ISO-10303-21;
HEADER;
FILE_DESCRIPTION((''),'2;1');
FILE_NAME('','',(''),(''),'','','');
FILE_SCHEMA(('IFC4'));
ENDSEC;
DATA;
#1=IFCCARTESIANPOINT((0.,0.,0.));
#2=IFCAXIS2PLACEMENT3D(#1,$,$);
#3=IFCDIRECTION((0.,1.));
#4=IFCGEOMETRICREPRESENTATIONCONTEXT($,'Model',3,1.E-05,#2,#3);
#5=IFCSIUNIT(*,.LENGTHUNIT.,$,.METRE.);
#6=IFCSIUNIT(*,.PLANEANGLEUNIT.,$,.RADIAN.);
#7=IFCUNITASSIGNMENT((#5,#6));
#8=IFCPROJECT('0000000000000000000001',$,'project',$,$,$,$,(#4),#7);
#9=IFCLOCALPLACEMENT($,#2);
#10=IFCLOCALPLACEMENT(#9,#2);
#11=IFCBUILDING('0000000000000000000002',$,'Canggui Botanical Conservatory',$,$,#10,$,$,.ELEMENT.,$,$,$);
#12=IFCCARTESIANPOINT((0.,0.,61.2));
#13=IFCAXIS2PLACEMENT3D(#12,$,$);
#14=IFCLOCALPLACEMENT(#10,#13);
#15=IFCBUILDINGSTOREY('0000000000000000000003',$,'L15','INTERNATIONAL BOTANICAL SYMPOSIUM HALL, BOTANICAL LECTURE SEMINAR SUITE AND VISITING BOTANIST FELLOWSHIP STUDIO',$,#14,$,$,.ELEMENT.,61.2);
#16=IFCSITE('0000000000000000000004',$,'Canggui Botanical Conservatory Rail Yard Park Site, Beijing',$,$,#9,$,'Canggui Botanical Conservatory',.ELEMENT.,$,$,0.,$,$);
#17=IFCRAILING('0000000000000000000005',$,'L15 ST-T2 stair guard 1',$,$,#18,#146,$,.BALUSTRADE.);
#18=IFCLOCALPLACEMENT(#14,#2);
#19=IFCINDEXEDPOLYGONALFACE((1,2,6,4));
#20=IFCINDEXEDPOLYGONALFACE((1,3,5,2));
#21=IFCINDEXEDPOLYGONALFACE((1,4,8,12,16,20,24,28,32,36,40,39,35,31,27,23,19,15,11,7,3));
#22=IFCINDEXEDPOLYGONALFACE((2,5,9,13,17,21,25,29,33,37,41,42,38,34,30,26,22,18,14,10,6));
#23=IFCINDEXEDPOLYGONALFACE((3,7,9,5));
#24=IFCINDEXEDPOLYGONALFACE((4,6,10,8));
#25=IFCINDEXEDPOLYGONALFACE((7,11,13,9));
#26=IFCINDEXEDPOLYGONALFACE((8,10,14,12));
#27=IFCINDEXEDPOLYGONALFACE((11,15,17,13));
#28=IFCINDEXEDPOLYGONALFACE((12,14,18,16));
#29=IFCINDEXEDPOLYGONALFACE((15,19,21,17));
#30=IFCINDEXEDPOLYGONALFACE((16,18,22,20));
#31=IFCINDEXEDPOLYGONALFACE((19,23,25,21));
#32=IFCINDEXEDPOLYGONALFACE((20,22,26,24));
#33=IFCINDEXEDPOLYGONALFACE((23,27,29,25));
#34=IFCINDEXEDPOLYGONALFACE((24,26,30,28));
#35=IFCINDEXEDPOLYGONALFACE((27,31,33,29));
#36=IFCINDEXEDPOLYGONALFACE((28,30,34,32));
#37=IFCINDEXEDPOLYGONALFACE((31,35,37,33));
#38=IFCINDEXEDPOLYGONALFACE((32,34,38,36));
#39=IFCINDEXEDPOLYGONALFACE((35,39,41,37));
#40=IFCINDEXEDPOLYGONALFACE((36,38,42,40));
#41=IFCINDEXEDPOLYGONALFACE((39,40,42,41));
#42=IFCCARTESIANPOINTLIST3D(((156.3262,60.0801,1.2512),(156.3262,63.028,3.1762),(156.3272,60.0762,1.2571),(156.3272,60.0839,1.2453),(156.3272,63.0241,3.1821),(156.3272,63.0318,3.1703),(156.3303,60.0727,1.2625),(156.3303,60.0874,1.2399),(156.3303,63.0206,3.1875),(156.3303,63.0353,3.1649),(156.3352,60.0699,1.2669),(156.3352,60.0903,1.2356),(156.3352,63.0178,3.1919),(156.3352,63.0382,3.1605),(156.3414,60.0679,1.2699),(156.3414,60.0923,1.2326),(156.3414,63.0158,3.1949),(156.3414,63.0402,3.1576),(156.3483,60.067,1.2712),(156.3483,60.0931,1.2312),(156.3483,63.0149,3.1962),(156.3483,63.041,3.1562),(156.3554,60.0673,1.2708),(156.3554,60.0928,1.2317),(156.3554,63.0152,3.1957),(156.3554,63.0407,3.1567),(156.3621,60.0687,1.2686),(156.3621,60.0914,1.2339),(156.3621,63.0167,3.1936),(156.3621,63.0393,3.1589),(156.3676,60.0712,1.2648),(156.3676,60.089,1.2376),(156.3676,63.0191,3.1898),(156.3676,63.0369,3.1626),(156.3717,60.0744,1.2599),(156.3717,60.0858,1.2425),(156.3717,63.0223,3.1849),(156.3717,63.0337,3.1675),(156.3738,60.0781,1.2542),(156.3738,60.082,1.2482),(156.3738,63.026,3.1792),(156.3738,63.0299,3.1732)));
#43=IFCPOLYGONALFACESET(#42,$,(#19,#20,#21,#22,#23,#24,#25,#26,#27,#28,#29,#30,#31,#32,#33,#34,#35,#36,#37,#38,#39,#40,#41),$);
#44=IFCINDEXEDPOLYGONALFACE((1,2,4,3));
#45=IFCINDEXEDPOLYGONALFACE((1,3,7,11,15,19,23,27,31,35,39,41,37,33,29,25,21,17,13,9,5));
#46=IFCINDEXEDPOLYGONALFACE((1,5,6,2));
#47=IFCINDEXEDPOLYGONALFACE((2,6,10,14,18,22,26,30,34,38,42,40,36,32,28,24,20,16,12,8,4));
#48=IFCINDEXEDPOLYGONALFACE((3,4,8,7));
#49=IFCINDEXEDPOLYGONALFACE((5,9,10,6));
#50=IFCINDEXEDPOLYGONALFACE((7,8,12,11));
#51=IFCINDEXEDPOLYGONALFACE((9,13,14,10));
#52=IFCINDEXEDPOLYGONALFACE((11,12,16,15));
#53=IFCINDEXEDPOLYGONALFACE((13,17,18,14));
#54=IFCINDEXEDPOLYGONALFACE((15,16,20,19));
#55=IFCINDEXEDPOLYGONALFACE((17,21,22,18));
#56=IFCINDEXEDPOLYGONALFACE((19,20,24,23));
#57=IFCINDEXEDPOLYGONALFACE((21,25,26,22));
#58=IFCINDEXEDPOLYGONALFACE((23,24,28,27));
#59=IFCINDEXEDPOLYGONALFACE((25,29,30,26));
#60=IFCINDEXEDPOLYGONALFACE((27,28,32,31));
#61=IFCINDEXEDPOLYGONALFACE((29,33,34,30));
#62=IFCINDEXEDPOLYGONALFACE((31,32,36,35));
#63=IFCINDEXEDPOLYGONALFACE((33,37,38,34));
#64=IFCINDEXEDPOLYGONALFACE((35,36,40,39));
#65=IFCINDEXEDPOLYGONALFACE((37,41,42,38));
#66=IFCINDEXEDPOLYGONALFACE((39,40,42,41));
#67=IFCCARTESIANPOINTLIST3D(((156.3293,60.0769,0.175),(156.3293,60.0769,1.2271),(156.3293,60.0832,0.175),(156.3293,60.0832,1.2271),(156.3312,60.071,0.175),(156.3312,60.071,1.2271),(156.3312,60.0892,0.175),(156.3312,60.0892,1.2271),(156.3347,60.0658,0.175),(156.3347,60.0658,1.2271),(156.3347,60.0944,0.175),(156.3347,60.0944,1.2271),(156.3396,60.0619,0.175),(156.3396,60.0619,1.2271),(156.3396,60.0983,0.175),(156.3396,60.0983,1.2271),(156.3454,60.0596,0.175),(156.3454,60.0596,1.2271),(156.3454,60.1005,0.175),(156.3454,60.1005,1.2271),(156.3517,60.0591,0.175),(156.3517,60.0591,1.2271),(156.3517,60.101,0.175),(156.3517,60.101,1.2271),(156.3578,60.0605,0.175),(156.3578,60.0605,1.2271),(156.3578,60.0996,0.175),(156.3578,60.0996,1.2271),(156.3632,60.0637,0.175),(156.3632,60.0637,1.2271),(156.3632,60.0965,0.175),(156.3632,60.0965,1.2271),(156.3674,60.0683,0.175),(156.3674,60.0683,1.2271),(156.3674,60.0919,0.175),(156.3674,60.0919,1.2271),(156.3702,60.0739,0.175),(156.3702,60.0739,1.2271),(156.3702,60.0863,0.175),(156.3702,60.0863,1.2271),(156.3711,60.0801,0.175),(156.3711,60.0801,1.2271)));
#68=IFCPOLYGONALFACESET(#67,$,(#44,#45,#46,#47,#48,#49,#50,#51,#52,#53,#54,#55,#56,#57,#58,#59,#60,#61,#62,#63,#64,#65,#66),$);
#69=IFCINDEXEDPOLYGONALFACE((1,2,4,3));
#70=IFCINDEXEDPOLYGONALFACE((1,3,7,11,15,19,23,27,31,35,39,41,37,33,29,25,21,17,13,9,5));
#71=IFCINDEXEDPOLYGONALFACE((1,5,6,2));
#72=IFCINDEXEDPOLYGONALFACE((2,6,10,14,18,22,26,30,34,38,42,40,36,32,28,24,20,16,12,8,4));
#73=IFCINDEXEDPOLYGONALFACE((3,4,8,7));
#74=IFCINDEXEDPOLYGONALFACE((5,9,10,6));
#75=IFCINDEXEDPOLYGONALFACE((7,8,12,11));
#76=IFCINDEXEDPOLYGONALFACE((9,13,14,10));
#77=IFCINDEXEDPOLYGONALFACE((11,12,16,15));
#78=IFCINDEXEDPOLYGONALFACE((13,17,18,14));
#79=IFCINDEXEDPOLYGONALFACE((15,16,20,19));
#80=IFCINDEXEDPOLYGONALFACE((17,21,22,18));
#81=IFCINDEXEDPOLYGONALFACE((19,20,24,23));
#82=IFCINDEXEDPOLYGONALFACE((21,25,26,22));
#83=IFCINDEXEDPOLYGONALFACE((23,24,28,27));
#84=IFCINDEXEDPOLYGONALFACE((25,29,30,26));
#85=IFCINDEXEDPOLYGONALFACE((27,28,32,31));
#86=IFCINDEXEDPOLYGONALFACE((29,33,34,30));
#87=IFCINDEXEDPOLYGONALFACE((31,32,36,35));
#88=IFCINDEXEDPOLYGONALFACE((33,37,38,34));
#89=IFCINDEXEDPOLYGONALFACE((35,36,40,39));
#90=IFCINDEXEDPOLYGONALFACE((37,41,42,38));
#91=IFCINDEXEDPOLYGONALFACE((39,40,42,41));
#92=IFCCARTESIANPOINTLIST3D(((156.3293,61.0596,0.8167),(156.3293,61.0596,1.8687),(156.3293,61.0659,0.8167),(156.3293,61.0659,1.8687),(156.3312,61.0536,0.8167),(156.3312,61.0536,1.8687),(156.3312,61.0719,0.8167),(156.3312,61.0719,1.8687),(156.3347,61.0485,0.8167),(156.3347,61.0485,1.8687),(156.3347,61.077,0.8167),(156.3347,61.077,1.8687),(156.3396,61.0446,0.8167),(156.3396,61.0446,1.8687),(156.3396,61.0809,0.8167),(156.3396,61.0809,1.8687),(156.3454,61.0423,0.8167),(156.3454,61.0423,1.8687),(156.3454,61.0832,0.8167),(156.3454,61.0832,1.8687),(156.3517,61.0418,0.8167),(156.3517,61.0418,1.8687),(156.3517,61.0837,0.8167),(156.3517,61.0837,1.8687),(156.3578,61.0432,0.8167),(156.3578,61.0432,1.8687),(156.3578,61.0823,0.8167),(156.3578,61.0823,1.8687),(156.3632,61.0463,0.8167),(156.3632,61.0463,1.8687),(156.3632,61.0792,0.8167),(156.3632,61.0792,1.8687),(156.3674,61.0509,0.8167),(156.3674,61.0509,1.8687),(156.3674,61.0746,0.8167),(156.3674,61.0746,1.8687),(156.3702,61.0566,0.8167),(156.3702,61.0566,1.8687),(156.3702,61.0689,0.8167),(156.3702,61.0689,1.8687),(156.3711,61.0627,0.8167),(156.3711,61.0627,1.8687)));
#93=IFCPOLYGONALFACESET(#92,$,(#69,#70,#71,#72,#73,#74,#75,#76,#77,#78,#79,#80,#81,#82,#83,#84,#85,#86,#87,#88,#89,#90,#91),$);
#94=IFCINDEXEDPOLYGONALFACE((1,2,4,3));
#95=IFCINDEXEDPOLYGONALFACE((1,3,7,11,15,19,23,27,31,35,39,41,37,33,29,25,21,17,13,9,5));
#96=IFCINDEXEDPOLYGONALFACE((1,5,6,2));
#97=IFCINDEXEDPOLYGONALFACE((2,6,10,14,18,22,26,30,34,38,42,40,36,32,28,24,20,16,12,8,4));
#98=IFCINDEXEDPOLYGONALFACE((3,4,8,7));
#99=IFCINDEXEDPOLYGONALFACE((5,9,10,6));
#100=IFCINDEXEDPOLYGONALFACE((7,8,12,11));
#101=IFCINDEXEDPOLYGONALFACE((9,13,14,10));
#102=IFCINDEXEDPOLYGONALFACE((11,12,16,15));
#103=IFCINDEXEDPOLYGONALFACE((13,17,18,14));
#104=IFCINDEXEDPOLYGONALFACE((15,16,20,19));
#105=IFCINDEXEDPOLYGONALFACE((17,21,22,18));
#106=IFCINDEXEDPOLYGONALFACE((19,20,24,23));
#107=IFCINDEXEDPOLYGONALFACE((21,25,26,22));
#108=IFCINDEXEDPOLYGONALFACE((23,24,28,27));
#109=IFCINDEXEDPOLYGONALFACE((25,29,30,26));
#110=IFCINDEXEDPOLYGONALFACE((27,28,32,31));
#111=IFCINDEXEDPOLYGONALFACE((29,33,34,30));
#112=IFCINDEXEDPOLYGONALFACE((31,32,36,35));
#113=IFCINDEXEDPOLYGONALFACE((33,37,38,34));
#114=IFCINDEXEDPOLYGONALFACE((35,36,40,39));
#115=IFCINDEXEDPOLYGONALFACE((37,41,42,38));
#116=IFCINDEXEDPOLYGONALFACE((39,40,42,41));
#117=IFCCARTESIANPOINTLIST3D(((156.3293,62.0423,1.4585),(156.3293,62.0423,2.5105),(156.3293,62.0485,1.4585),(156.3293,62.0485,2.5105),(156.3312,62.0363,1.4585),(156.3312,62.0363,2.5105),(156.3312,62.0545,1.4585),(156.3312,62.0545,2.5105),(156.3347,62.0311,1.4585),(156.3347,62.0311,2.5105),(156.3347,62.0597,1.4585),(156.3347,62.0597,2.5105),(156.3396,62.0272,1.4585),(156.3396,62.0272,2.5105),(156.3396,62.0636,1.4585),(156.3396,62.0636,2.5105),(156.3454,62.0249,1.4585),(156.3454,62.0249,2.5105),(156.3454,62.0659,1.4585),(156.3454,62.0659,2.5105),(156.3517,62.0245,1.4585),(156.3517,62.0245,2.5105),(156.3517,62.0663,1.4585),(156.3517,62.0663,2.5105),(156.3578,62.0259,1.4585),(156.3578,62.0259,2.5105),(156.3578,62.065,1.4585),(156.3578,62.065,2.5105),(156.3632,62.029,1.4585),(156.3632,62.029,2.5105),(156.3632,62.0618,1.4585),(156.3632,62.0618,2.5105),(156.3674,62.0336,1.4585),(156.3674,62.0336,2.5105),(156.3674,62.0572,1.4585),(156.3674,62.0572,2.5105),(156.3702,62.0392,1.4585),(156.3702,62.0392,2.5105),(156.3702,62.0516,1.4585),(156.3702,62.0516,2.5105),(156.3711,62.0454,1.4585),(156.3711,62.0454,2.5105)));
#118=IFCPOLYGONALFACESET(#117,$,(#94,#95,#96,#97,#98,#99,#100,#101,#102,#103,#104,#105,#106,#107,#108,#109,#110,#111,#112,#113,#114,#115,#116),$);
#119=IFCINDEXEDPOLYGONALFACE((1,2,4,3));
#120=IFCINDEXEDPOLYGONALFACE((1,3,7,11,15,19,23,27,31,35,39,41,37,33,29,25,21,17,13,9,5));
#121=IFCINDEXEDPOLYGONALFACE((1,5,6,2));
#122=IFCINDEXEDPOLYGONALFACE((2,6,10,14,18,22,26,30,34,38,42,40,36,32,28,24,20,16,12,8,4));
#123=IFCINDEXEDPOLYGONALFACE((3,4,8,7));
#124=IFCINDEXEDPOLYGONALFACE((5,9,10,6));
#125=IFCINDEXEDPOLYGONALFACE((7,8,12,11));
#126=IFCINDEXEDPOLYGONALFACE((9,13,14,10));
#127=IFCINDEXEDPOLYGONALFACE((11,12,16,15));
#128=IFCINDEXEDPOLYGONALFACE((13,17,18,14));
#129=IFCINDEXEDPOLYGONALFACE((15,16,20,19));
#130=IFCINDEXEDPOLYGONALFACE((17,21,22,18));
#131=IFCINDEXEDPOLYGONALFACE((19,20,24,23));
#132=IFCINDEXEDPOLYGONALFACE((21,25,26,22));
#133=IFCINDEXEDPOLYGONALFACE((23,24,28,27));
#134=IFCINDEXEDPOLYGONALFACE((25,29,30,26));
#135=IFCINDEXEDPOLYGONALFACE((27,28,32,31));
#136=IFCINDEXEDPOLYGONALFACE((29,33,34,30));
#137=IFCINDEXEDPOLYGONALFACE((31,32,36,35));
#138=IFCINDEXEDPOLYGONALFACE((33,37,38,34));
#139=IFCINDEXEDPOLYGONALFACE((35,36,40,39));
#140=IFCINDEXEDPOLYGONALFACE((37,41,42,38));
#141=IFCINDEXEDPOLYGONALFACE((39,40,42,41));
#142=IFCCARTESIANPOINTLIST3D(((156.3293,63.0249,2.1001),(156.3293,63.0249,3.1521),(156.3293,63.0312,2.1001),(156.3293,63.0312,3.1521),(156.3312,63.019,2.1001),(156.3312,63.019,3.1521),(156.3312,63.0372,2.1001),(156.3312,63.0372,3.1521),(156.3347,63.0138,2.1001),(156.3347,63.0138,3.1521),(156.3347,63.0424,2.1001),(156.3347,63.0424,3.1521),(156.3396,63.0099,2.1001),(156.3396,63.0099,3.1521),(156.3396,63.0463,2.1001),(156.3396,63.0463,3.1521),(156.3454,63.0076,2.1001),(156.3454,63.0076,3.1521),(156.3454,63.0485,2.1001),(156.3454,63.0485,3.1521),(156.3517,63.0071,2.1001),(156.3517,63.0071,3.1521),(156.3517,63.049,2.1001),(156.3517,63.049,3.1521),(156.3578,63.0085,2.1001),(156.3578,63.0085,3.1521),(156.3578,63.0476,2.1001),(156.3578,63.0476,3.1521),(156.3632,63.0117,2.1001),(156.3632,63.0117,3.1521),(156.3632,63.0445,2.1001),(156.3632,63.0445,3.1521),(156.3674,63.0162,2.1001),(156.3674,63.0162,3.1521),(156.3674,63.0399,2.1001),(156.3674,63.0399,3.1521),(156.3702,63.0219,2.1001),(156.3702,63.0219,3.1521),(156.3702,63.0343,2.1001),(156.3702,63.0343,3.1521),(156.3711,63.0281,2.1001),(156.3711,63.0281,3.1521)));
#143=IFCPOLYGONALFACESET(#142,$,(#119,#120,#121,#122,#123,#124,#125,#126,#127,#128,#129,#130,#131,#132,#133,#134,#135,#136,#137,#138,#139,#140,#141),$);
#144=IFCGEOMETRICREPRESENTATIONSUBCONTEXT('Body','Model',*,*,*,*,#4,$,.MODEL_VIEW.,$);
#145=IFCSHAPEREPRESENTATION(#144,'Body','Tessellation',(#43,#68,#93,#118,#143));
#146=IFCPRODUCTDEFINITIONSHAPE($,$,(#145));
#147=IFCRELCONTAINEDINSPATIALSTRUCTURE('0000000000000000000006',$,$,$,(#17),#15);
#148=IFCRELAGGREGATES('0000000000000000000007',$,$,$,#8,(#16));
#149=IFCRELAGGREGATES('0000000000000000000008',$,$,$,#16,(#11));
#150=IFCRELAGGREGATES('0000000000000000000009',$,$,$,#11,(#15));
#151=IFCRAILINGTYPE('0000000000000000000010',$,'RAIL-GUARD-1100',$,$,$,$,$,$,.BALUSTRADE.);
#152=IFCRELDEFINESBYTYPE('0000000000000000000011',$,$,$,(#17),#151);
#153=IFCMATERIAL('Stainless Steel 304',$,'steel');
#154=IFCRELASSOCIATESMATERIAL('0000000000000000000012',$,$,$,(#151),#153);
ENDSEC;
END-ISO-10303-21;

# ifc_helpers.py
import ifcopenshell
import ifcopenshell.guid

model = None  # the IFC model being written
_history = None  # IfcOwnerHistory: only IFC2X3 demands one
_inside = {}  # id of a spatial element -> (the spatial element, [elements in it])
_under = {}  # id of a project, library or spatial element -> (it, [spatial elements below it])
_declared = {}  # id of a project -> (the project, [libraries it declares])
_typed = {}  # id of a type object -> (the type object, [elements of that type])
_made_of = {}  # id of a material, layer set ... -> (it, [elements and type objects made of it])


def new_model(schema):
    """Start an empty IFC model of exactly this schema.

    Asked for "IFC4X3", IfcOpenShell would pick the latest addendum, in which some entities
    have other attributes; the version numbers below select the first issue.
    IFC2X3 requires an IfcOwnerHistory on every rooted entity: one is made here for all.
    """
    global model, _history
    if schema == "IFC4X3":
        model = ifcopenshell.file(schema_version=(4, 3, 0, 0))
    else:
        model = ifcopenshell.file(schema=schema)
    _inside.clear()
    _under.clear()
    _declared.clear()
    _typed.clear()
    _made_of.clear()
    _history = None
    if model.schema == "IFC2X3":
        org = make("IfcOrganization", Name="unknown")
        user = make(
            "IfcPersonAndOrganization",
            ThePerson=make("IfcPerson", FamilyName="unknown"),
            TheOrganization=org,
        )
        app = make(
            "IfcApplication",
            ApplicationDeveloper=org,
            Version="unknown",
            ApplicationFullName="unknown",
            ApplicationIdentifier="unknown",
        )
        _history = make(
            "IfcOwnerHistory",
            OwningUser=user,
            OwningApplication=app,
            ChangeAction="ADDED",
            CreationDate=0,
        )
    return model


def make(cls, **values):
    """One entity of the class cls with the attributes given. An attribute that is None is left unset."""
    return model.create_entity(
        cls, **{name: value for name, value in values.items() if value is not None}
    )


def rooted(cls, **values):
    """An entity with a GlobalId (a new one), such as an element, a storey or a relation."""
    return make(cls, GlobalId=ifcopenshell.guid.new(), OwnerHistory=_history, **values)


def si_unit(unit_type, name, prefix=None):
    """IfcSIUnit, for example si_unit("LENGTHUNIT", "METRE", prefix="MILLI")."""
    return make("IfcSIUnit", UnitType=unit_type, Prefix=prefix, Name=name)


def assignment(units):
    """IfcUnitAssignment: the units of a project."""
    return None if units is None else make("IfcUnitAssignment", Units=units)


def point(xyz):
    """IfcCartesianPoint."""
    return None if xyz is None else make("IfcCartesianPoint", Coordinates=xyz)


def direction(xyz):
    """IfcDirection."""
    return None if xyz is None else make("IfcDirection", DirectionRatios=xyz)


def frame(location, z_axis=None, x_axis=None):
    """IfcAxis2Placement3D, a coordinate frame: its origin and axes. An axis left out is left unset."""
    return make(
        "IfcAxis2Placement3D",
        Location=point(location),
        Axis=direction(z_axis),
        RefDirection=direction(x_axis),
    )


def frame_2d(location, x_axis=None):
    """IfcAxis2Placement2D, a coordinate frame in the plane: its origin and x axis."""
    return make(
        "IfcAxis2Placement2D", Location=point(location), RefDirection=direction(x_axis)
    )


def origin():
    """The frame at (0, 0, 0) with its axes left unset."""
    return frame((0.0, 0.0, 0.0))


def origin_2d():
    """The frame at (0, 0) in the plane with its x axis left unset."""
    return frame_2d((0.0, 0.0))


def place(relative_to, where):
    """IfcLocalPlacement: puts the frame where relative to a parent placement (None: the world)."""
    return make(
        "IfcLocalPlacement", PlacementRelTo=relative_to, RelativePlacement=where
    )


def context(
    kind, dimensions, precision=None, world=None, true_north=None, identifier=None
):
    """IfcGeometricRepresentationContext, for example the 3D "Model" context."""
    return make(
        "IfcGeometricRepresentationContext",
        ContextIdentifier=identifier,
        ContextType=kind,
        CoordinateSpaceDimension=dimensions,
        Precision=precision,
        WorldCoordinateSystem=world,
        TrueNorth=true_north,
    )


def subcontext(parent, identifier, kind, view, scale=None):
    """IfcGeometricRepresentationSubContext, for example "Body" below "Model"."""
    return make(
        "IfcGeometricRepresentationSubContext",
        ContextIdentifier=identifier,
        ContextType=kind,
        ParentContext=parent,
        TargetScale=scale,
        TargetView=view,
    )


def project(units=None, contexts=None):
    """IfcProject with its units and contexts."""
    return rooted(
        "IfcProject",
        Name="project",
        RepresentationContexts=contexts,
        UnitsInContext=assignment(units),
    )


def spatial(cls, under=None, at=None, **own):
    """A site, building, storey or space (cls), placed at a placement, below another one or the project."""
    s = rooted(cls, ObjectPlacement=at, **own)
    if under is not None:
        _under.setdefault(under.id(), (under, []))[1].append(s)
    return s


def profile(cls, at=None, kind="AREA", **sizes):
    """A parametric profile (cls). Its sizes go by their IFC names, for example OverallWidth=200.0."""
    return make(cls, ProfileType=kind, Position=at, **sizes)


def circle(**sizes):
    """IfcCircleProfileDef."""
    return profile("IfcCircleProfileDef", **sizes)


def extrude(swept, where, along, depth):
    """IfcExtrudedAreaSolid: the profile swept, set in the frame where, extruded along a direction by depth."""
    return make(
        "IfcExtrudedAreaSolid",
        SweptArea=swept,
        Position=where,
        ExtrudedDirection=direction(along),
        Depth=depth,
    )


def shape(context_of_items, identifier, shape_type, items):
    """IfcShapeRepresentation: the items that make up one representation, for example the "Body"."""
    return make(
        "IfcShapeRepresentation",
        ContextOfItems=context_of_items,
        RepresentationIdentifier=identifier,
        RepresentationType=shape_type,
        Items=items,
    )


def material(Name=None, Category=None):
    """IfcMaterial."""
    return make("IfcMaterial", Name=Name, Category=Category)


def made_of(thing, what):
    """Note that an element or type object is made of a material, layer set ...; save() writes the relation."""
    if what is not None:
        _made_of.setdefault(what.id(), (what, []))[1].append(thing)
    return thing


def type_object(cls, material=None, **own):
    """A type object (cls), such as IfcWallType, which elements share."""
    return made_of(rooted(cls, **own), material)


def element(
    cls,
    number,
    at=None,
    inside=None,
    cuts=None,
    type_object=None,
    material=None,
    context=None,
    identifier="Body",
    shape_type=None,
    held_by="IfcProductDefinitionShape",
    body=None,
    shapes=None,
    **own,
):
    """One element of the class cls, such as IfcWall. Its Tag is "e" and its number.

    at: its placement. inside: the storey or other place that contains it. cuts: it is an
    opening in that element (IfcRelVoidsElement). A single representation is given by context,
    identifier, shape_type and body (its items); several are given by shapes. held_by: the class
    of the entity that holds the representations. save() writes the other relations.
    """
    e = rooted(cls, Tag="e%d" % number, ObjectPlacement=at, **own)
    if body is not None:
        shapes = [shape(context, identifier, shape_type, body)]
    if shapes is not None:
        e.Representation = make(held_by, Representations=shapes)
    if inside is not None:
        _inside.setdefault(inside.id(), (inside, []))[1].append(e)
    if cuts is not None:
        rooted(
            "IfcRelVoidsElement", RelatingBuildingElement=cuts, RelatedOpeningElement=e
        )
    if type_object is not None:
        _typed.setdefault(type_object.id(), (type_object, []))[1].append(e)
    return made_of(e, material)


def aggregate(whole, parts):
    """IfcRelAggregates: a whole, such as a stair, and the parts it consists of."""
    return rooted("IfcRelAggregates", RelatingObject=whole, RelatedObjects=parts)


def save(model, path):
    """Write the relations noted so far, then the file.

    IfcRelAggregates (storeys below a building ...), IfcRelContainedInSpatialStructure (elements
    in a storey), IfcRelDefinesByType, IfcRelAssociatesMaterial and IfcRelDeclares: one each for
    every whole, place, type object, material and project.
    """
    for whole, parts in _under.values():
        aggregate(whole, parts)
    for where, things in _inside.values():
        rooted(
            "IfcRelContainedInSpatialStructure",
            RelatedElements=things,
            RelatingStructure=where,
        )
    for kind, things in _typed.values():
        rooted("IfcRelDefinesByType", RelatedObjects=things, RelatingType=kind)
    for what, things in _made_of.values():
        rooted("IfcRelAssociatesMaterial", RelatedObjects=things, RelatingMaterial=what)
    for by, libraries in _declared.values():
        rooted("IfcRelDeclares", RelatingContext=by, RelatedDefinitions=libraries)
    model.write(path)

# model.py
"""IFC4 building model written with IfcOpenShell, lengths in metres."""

from ifc_helpers import new_model, si_unit, direction, frame, origin, origin_2d, place, context, subcontext, project, spatial, circle, extrude, material, type_object, element, save


model = new_model("IFC4")

# Units and contexts
model_context = context("Model", 3, precision=1e-05, world=origin(), true_north=direction((0.0, 1.0)))
body_context = subcontext(model_context, "Body", "Model", "MODEL_VIEW")
ifc_project = project(units=[si_unit("LENGTHUNIT", "METRE"), si_unit("PLANEANGLEUNIT", "RADIAN")], contexts=[model_context])

# Site, building, storey
site_placement = place(None, origin())
site = spatial("IfcSite", under=ifc_project, at=site_placement, Name="Canggui Botanical Conservatory Rail Yard Park Site, Beijing", LongName="Canggui Botanical Conservatory", CompositionType="ELEMENT", RefElevation=0.0)
building_placement = place(site_placement, origin())
building = spatial("IfcBuilding", under=site, at=building_placement, Name="Canggui Botanical Conservatory", CompositionType="ELEMENT")
storey_placement = place(building_placement, frame((0.0, 0.0, 61.2)))
storey = spatial("IfcBuildingStorey", under=building, at=storey_placement, Name="L15", Description="INTERNATIONAL BOTANICAL SYMPOSIUM HALL, BOTANICAL LECTURE SEMINAR SUITE AND VISITING BOTANIST FELLOWSHIP STUDIO", CompositionType="ELEMENT", Elevation=61.2)

# Shared definitions
ifc_material_1 = material(Name="Stainless Steel 304", Category="steel")

# Railing
railing_type_1 = type_object("IfcRailingType", Name="RAIL-GUARD-1100", PredefinedType="BALUSTRADE", material=ifc_material_1)
railing_1_placement = place(storey_placement, frame((156.3501, 60.0801, 0.175)))
element("IfcRailing", 1, at=railing_1_placement, inside=storey, type_object=railing_type_1, Name="L15 ST-T2 stair guard 1", PredefinedType="BALUSTRADE", context=body_context, shape_type="SweptSolid", body=[
    extrude(circle(Radius=0.0239, at=origin_2d()), frame((0.0, 0.0, 1.0762), z_axis=(0.0, 0.837293, 0.546754), x_axis=(-1.0, 0.0, 0.0)), (0.0, 0.0, 1.0), 3.5208),
    extrude(circle(Radius=0.021, at=origin_2d()), origin(), (0.0, 0.0, 1.0), 1.052),
    extrude(circle(Radius=0.021, at=origin_2d()), frame((0.0, 0.9827, 0.6416)), (0.0, 0.0, 1.0), 1.052),
    extrude(circle(Radius=0.021, at=origin_2d()), frame((0.0, 1.9653, 1.2834)), (0.0, 0.0, 1.0), 1.052),
    extrude(circle(Radius=0.021, at=origin_2d()), frame((0.0, 2.948, 1.925)), (0.0, 0.0, 1.0), 1.052),
])

save(model, "model.ifc")
